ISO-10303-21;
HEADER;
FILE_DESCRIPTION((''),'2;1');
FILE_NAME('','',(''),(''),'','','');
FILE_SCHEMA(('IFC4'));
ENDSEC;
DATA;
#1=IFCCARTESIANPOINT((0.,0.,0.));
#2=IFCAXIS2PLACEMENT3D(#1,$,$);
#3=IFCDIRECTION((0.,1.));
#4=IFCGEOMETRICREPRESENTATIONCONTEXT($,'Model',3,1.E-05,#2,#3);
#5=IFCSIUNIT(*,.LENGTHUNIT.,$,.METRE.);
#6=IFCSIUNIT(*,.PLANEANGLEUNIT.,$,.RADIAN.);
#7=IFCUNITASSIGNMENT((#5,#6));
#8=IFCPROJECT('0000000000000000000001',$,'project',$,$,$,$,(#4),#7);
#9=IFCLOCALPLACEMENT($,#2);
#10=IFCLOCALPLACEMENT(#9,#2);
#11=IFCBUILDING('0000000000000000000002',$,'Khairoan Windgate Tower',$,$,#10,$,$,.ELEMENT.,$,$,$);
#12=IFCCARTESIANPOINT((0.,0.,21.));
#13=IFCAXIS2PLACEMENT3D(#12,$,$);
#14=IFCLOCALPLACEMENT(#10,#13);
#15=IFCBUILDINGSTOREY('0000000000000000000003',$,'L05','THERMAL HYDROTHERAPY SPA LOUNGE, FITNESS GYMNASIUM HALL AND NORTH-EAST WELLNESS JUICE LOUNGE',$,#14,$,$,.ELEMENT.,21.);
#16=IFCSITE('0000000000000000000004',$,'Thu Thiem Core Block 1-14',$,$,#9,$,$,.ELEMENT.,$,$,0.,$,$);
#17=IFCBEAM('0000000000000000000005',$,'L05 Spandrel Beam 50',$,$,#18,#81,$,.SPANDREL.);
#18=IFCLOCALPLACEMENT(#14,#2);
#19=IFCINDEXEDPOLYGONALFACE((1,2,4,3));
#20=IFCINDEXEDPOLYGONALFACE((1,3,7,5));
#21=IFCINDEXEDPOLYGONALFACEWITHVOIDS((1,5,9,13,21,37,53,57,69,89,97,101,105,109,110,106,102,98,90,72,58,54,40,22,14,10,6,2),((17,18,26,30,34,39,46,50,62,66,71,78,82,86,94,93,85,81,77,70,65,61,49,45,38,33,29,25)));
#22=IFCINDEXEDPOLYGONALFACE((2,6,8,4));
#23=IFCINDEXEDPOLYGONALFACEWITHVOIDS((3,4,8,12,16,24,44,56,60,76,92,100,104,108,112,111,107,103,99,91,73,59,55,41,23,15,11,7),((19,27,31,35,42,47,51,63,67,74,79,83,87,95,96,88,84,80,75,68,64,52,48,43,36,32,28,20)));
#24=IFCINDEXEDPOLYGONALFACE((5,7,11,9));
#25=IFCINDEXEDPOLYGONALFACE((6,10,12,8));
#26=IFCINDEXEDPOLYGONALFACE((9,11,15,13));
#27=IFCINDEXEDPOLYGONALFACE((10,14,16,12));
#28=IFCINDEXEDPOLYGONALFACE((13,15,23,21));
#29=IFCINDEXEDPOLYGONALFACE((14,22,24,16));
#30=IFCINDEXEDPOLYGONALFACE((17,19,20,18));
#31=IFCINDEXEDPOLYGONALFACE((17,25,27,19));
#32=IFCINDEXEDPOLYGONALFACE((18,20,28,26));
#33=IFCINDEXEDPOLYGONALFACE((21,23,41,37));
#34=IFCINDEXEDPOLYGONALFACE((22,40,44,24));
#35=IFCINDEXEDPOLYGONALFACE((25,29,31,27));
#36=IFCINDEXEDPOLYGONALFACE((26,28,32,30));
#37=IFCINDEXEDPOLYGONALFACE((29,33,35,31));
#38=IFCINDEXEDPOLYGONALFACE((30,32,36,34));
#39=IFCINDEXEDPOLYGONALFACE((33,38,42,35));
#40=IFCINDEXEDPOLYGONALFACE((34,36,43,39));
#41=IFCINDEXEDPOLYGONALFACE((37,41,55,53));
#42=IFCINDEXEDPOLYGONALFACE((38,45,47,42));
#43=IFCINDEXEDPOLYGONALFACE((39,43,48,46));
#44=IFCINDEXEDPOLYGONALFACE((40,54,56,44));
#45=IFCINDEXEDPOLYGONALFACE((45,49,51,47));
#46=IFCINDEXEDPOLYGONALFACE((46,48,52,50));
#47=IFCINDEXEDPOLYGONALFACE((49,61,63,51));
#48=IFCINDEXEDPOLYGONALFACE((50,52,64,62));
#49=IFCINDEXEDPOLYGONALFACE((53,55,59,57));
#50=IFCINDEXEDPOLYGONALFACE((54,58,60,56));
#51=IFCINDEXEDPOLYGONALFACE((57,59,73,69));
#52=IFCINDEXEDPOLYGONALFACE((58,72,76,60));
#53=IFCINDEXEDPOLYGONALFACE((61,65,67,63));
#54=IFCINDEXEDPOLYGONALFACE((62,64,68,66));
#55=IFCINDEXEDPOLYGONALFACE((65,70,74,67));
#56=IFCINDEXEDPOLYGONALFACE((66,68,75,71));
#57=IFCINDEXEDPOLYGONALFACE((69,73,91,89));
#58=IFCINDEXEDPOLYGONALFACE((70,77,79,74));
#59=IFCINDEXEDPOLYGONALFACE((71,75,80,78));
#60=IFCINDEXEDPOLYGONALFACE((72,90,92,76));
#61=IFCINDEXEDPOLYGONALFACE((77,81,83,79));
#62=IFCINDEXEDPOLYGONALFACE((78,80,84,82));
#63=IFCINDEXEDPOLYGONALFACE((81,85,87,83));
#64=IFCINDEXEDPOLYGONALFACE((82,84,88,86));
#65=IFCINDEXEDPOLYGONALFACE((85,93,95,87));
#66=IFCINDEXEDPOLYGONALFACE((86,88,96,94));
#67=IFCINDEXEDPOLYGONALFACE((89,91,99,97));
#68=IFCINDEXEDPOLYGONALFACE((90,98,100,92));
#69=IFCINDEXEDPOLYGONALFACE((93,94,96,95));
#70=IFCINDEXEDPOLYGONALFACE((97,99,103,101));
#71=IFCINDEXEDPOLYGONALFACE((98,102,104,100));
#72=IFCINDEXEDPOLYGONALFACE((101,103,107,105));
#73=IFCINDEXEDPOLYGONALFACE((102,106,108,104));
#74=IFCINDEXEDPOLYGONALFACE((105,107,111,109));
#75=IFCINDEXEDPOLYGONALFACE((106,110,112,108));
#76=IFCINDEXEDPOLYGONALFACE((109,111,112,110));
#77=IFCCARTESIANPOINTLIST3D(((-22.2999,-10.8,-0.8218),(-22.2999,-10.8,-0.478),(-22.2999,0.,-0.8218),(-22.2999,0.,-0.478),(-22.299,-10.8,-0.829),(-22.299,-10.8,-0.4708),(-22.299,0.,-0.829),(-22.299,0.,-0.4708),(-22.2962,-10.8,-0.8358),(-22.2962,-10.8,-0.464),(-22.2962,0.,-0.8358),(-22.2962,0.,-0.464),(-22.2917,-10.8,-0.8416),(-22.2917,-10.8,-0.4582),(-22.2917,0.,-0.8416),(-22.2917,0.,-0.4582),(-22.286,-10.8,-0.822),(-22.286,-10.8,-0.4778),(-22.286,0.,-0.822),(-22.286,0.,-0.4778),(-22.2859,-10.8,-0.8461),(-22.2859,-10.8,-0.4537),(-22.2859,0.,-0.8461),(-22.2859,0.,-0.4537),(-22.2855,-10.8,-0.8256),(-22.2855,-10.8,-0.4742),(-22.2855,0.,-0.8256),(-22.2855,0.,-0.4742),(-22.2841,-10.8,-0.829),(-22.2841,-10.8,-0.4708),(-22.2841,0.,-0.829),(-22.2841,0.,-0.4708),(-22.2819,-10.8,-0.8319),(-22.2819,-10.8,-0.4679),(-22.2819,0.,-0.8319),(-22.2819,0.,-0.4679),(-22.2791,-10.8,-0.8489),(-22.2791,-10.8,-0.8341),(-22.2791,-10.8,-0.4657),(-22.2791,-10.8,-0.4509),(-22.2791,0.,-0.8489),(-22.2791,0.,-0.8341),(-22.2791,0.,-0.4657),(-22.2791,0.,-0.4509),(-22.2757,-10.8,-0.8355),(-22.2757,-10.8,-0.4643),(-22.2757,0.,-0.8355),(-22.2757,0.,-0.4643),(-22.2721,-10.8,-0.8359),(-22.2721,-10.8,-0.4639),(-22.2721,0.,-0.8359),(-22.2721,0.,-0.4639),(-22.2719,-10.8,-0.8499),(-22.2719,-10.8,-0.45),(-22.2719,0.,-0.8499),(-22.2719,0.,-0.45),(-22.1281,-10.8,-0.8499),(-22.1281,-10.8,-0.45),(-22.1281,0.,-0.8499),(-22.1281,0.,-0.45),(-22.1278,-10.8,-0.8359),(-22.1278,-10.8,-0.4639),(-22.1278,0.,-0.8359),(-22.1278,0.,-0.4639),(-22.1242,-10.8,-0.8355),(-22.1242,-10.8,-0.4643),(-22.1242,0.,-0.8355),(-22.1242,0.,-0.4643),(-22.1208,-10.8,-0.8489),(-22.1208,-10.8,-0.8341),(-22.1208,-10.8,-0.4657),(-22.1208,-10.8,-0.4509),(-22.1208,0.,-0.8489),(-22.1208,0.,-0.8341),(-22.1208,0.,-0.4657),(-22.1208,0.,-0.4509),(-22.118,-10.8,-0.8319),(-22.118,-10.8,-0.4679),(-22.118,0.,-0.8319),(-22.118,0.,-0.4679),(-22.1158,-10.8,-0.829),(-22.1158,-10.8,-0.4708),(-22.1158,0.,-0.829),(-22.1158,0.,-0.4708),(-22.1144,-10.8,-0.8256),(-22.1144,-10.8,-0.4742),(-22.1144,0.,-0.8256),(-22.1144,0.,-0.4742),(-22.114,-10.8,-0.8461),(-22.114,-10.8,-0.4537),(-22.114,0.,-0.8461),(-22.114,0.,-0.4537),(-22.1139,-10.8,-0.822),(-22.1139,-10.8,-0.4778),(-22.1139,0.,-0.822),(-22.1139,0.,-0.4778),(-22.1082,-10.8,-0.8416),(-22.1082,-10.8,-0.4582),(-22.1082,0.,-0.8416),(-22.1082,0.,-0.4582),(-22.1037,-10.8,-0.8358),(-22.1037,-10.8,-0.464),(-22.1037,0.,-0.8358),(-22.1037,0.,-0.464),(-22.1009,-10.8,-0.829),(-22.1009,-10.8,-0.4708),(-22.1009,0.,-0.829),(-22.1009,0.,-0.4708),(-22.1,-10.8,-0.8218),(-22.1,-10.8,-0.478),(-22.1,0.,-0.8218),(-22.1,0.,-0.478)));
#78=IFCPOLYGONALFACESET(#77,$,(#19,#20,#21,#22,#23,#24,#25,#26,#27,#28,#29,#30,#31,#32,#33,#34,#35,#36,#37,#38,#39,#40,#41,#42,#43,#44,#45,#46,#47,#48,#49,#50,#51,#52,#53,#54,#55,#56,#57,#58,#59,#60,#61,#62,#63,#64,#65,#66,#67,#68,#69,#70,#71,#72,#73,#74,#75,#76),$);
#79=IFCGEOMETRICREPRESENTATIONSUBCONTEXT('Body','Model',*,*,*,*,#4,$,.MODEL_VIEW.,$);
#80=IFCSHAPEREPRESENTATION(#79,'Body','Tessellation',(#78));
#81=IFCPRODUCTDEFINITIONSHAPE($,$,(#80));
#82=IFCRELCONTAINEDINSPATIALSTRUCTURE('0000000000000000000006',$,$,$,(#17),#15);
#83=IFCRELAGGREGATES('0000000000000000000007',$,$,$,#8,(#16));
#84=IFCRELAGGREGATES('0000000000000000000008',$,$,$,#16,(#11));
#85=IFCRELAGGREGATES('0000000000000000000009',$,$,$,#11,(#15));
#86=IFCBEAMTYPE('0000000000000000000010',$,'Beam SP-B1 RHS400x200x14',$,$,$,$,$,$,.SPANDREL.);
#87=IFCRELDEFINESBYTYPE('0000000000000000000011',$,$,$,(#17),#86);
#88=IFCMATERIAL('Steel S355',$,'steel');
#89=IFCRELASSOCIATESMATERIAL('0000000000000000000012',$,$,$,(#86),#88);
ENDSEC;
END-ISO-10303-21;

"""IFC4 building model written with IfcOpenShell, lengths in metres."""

from ifc_helpers import new_model, si_unit, direction, frame, origin, origin_2d, place, context, subcontext, project, spatial, hollow_rectangle, extrude, material, material_profile, profile_set, type_object, element, save


model = new_model("IFC4")

# Units and contexts
model_context = context("Model", 3, precision=1e-05, world=origin(), true_north=direction((0.0, 1.0)))
body_context = subcontext(model_context, "Body", "Model", "MODEL_VIEW")
ifc_project = project(units=[si_unit("LENGTHUNIT", "METRE"), si_unit("PLANEANGLEUNIT", "RADIAN")], contexts=[model_context])

# Site, building, storey
site_placement = place(None, origin())
site = spatial("IfcSite", under=ifc_project, at=site_placement, Name="Thu Thiem Core Block 1-14", CompositionType="ELEMENT", RefElevation=0.0)
building_placement = place(site_placement, origin())
building = spatial("IfcBuilding", under=site, at=building_placement, Name="Khairoan Windgate Tower", CompositionType="ELEMENT")
storey_placement = place(building_placement, frame((0.0, 0.0, 21.0)))
storey = spatial("IfcBuildingStorey", under=building, at=storey_placement, Name="L05", Description="THERMAL HYDROTHERAPY SPA LOUNGE, FITNESS GYMNASIUM HALL AND NORTH-EAST WELLNESS JUICE LOUNGE", CompositionType="ELEMENT", Elevation=21.0)

# Beam
ifc_material_1 = material(Name="Steel S355", Category="steel")
ifc_material_profile_1 = material_profile(ifc_material_1, hollow_rectangle(XDim=0.2, YDim=0.3999, WallThickness=0.0139, InnerFilletRadius=0.0139, OuterFilletRadius=0.0281, at=origin_2d()))
ifc_profile_set_1 = profile_set([ifc_material_profile_1], Name="Steel S355")
beam_type_1 = type_object("IfcBeamType", Name="Beam SP-B1 RHS400x200x14", PredefinedType="SPANDREL", material=ifc_profile_set_1)
beam_1_placement = place(storey_placement, frame((-22.2, -10.8, -0.6499), z_axis=(0.0, 1.0, 0.0), x_axis=(-1.0, 0.0, 0.0)))
element("IfcBeam", 1, at=beam_1_placement, inside=storey, type_object=beam_type_1, Name="L05 Spandrel Beam 50", PredefinedType="SPANDREL", context=body_context, shape_type="SweptSolid", body=[
    extrude(hollow_rectangle(XDim=0.2, YDim=0.3999, WallThickness=0.0139, InnerFilletRadius=0.0139, OuterFilletRadius=0.0281, at=origin_2d()), origin(), (0.0, 0.0, 1.0), 10.8),
])

save(model, "model.ifc")
